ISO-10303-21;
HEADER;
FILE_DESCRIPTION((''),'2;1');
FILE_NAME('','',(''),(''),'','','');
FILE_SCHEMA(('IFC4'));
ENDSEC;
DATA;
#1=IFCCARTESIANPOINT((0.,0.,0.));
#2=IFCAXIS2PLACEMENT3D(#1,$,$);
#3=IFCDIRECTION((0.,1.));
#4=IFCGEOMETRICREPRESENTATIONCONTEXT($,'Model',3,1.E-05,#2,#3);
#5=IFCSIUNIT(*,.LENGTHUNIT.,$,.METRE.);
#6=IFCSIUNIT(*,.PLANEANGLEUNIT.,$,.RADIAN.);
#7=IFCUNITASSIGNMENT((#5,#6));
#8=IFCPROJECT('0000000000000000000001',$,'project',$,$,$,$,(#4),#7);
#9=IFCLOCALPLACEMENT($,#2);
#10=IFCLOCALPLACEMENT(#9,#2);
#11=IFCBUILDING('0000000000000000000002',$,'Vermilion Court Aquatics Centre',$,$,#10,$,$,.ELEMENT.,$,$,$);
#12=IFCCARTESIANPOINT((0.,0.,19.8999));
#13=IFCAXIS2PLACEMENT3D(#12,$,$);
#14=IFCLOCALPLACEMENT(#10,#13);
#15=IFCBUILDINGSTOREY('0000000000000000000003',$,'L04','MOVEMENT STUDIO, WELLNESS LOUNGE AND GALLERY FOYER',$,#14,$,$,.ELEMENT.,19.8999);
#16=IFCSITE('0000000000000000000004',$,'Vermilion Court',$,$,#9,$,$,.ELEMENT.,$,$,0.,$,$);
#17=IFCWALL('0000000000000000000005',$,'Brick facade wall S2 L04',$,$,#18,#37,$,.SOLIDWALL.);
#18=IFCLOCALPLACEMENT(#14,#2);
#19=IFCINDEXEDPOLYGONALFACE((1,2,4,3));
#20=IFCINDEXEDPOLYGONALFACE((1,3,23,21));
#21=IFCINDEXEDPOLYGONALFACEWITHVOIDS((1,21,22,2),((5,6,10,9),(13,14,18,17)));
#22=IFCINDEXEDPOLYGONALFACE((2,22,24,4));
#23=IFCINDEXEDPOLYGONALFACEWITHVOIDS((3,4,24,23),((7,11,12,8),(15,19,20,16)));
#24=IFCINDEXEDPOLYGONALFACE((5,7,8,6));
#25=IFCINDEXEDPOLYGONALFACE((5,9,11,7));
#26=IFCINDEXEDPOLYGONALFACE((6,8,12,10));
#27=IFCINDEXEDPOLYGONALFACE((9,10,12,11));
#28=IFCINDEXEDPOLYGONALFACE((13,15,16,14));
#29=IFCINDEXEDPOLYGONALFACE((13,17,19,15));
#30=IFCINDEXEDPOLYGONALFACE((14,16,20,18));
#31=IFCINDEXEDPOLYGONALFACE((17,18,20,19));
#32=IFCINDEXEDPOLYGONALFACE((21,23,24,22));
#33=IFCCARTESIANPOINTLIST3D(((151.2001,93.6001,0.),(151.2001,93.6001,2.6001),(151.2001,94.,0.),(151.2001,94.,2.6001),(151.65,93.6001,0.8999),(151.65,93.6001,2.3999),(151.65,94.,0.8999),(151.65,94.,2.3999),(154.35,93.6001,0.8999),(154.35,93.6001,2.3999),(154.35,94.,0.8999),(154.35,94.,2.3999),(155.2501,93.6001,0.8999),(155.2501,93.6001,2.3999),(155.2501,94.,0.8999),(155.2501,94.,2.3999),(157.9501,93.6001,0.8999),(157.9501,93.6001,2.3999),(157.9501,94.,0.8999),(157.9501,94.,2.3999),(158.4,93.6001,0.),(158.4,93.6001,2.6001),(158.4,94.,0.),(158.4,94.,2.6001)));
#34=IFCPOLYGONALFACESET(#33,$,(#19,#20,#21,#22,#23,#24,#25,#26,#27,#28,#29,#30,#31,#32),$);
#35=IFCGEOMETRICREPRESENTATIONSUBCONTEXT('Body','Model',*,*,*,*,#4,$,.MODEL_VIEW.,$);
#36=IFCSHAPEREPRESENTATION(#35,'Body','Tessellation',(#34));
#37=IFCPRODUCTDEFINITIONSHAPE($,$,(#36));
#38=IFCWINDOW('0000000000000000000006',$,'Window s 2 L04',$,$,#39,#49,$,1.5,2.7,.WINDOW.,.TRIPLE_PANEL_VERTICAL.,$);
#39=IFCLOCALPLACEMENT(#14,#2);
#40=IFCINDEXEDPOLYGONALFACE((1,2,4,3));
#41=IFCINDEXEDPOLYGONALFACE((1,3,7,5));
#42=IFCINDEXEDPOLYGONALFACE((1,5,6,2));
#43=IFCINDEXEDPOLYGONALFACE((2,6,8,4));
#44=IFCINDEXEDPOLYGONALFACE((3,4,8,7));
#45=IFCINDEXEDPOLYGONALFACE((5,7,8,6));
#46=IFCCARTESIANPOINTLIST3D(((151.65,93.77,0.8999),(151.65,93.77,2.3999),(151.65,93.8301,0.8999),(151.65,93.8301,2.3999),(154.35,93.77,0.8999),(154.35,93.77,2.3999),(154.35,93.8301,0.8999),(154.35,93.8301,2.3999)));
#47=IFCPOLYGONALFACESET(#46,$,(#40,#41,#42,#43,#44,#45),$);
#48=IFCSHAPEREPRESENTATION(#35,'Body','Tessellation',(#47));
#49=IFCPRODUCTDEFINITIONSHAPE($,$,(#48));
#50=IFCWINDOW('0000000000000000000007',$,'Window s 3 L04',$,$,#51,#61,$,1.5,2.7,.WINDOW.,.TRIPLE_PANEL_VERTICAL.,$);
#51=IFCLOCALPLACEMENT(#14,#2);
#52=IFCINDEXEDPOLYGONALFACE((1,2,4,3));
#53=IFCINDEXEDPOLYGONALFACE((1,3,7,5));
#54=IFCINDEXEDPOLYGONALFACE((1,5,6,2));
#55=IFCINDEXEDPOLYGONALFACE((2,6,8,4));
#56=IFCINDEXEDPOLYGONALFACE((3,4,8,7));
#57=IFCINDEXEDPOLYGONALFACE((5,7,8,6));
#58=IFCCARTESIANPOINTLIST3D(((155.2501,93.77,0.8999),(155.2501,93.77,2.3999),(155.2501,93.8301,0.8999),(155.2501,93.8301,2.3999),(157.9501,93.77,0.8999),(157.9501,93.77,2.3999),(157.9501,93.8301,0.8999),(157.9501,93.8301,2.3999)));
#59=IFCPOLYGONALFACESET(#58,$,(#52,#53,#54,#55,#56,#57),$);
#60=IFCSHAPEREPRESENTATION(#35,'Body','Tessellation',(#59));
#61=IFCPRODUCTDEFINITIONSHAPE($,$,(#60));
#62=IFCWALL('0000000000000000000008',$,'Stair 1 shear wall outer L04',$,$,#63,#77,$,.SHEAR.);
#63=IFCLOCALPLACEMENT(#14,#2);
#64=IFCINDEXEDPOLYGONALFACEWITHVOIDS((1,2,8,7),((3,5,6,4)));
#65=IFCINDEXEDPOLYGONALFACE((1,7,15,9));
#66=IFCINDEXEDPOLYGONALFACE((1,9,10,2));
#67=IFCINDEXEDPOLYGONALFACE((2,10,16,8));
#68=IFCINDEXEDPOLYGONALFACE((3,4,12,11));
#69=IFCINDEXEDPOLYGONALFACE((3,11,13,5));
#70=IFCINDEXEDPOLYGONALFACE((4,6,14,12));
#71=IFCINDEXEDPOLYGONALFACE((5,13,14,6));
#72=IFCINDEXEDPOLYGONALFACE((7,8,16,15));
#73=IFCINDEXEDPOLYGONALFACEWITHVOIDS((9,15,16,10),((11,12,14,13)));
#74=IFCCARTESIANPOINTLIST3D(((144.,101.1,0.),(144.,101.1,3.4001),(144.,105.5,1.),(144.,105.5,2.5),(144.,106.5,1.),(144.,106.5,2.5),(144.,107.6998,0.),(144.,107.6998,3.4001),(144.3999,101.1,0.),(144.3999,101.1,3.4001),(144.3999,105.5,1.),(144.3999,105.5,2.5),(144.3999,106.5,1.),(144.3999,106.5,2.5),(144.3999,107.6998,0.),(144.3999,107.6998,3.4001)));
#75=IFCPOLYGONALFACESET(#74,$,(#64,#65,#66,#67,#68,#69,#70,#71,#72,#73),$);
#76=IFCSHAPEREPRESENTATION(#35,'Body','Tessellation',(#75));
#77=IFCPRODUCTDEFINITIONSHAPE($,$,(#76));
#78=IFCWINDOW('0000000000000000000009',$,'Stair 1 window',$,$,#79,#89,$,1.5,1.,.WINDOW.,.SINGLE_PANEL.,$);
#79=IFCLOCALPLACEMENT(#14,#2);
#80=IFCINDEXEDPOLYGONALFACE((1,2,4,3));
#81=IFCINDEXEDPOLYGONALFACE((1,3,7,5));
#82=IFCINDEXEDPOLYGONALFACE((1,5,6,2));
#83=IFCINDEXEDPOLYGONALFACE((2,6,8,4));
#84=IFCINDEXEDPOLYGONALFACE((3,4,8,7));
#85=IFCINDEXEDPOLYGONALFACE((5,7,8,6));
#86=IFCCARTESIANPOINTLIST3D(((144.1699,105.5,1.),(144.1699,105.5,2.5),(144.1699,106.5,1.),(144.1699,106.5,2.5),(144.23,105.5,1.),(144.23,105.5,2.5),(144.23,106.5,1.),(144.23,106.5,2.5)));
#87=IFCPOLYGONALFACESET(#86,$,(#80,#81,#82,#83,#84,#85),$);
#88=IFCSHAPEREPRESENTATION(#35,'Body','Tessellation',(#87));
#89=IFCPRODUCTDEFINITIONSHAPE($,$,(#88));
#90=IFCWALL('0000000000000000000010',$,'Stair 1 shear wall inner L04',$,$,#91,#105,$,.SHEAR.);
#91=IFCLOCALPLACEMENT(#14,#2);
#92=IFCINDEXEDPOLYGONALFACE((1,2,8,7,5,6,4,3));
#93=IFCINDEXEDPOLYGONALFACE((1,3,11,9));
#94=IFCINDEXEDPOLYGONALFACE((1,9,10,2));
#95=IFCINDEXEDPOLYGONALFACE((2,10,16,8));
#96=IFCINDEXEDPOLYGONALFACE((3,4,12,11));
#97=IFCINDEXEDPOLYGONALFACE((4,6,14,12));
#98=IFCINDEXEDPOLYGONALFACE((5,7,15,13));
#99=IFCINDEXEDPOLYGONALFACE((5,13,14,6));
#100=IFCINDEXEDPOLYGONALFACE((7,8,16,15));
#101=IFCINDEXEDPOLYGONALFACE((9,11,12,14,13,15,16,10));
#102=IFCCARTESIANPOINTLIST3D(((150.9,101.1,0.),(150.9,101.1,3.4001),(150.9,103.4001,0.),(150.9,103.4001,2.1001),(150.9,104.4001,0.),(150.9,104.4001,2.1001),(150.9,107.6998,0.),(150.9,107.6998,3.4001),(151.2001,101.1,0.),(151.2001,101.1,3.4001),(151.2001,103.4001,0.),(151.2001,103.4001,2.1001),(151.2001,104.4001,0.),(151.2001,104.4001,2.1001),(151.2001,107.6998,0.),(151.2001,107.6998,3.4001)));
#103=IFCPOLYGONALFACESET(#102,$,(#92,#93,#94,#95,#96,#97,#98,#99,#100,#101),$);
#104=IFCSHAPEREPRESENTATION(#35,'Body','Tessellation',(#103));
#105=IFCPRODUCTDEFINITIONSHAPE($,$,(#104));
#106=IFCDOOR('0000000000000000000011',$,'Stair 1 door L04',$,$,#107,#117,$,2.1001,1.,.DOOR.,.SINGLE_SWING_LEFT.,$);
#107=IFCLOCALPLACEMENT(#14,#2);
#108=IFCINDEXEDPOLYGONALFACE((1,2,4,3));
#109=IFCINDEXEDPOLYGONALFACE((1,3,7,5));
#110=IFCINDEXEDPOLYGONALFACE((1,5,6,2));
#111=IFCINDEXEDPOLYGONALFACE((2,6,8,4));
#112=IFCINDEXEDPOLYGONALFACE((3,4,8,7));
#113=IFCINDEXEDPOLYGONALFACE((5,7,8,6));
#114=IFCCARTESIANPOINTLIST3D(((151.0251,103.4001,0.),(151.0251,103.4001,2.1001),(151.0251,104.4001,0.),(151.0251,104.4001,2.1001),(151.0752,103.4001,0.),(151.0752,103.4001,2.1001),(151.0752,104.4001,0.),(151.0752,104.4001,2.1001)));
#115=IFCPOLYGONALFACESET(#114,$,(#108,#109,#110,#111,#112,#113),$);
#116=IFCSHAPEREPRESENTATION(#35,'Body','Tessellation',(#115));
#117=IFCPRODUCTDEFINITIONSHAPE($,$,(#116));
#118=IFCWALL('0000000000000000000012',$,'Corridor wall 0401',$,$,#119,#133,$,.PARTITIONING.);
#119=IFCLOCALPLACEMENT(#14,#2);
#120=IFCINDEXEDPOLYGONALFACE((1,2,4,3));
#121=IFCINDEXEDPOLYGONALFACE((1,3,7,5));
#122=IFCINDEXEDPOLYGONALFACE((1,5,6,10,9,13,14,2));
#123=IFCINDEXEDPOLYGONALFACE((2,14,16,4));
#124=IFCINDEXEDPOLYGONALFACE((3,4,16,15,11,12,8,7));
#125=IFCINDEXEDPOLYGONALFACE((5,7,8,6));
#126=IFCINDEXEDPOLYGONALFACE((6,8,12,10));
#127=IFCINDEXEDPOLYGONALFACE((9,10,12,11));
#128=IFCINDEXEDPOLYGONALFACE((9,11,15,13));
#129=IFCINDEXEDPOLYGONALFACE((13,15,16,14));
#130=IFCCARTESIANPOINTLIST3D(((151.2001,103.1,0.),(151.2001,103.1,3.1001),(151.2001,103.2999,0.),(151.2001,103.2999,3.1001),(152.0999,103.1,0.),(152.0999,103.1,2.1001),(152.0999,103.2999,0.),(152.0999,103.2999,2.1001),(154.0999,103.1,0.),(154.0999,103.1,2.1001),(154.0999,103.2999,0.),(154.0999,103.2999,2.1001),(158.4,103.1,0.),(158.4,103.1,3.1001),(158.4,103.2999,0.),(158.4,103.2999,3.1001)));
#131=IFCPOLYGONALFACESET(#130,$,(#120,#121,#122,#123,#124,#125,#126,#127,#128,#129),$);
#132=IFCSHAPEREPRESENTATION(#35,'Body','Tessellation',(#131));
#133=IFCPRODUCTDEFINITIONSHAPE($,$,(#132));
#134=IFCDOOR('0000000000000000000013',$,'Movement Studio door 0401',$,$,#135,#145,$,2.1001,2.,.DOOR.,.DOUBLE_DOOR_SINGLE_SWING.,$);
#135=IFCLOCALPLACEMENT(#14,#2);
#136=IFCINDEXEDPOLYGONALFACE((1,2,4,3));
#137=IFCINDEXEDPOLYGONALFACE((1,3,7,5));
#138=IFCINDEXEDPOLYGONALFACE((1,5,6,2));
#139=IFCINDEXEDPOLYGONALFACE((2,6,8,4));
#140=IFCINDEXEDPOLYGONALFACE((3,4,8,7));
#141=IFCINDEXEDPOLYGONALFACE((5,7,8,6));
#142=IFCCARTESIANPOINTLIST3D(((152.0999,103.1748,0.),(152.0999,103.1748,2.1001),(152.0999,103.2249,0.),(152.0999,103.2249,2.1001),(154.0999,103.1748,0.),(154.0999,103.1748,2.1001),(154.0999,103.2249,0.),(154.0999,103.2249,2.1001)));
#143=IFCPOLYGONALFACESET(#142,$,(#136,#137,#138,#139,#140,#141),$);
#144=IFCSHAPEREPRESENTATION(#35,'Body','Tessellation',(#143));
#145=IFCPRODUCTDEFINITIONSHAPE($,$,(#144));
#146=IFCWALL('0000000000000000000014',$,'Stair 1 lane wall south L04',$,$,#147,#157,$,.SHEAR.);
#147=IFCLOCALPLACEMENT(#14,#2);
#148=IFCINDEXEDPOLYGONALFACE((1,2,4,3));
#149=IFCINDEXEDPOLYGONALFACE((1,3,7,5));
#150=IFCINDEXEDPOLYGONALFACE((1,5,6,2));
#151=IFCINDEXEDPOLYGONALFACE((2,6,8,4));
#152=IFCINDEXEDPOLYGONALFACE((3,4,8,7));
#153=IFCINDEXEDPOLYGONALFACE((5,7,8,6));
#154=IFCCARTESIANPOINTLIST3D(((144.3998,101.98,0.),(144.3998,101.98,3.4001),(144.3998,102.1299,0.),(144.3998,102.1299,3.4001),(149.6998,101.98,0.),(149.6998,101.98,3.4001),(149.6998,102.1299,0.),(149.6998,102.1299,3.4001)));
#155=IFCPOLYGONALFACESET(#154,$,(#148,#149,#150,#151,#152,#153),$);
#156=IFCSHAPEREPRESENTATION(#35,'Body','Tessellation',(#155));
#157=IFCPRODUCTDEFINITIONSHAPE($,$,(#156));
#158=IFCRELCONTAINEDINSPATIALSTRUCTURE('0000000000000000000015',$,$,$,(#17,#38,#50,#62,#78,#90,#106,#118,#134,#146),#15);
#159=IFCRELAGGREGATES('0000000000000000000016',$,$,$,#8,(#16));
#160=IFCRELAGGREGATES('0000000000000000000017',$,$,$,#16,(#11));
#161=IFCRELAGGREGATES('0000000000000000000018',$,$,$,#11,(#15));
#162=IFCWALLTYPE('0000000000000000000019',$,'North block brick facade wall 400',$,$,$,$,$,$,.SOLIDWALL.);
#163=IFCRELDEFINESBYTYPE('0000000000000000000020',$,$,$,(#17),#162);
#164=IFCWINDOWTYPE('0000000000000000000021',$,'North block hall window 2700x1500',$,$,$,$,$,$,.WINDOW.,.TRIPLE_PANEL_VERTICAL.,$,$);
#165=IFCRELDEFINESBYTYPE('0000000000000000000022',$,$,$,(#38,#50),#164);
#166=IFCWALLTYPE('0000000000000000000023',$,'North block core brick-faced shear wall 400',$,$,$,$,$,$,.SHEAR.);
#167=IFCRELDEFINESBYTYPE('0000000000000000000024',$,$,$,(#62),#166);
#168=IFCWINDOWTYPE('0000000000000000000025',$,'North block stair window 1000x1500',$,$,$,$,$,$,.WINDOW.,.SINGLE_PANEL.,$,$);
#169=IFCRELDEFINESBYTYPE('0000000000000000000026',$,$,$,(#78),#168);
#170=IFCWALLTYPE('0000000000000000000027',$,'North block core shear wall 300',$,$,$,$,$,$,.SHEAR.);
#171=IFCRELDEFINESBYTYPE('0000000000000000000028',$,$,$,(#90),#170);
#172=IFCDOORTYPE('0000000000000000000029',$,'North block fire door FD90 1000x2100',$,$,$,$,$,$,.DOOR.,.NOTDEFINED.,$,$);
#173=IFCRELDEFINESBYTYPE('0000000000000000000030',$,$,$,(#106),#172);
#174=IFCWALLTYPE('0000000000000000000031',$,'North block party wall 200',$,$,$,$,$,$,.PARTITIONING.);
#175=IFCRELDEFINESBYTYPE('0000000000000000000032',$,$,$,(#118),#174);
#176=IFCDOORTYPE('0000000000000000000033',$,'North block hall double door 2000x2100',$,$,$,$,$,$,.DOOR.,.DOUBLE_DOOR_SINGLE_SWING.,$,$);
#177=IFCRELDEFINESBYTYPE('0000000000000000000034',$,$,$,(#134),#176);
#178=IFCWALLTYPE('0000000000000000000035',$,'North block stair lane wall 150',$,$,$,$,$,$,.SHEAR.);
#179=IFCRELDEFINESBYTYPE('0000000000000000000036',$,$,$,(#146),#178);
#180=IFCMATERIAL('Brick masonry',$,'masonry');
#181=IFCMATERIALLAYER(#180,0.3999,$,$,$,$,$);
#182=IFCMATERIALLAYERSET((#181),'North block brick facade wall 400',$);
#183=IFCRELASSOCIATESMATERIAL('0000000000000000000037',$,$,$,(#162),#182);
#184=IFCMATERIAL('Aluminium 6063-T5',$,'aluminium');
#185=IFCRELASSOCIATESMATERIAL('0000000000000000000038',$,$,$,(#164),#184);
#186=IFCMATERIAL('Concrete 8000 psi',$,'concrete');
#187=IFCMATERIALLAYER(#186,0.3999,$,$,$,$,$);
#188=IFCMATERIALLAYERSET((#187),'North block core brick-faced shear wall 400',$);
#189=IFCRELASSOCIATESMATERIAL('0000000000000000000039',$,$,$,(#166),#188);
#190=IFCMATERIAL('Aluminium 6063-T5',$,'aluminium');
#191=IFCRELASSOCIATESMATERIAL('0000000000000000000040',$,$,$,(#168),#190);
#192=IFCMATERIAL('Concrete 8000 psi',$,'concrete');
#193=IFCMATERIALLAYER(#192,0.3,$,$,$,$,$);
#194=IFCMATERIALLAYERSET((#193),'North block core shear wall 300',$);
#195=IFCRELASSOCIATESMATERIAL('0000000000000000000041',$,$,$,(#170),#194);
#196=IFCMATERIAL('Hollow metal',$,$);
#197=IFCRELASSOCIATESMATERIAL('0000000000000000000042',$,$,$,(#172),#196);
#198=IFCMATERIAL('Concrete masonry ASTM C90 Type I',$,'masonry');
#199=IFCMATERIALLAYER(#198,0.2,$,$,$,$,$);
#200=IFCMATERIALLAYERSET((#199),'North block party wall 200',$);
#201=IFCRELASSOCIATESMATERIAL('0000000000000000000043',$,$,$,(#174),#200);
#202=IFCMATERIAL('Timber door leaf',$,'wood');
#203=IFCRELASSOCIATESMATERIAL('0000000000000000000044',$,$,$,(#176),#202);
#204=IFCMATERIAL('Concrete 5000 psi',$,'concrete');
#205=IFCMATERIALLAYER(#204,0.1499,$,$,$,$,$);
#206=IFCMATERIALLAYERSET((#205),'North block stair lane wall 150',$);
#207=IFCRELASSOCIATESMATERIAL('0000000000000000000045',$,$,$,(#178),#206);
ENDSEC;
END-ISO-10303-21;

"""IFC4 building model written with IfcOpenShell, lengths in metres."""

from ifc_helpers import new_model, si_unit, direction, frame, frame_2d, origin, place, context, subcontext, project, spatial, rectangle, extrude, material, layer, layer_set, type_object, element, fill, save


model = new_model("IFC4")

# Units and contexts
model_context = context("Model", 3, precision=1e-05, world=origin(), true_north=direction((0.0, 1.0)))
body_context = subcontext(model_context, "Body", "Model", "MODEL_VIEW")
ifc_project = project(units=[si_unit("LENGTHUNIT", "METRE"), si_unit("PLANEANGLEUNIT", "RADIAN")], contexts=[model_context])

# Site, building, storey
site_placement = place(None, origin())
site = spatial("IfcSite", under=ifc_project, at=site_placement, Name="Vermilion Court", CompositionType="ELEMENT", RefElevation=0.0)
building_placement = place(site_placement, origin())
building = spatial("IfcBuilding", under=site, at=building_placement, Name="Vermilion Court Aquatics Centre", CompositionType="ELEMENT")
storey_placement = place(building_placement, frame((0.0, 0.0, 19.8999)))
storey = spatial("IfcBuildingStorey", under=building, at=storey_placement, Name="L04", Description="MOVEMENT STUDIO, WELLNESS LOUNGE AND GALLERY FOYER", CompositionType="ELEMENT", Elevation=19.8999)

# Wall, openings, windows
ifc_material_1 = material(Name="Brick masonry", Category="masonry")
ifc_layer_1 = layer(ifc_material_1, 0.3999)
ifc_layer_set_1 = layer_set([ifc_layer_1], Name="North block brick facade wall 400")
wall_type_1 = type_object("IfcWallType", Name="North block brick facade wall 400", PredefinedType="SOLIDWALL", material=ifc_layer_set_1)
wall_1_placement = place(storey_placement, frame((151.2, 93.8, 0.0), z_axis=(0.0, 0.0, 1.0), x_axis=(1.0, 0.0, 0.0)))
wall_1 = element("IfcWall", 1, at=wall_1_placement, inside=storey, type_object=wall_type_1, Name="Brick facade wall S2 L04", PredefinedType="SOLIDWALL", context=body_context, shape_type="SweptSolid", body=[
    extrude(rectangle(XDim=7.2, YDim=0.3999, at=frame_2d((3.6001, 0.0))), origin(), (0.0, 0.0, 1.0), 2.6001),
])
opening_1_placement = place(wall_1_placement, frame((0.45, 0.0, 0.8999)))
opening_1 = element("IfcOpeningElement", 2, at=opening_1_placement, cuts=wall_1, PredefinedType="OPENING", context=body_context, shape_type="SweptSolid", body=[
    extrude(rectangle(XDim=2.7, YDim=1.5, at=frame_2d((1.3501, 0.75))), frame((0.0, 0.21, 0.0), z_axis=(0.0, -1.0, 0.0), x_axis=(1.0, 0.0, 0.0)), (0.0, 0.0, 1.0), 0.4199),
])
opening_2_placement = place(wall_1_placement, frame((4.05, 0.0, 0.8999)))
opening_2 = element("IfcOpeningElement", 3, at=opening_2_placement, cuts=wall_1, PredefinedType="OPENING", context=body_context, shape_type="SweptSolid", body=[
    extrude(rectangle(XDim=2.7, YDim=1.5, at=frame_2d((1.3501, 0.75))), frame((0.0, 0.21, 0.0), z_axis=(0.0, -1.0, 0.0), x_axis=(1.0, 0.0, 0.0)), (0.0, 0.0, 1.0), 0.4199),
])
ifc_material_2 = material(Name="Aluminium 6063-T5", Category="aluminium")
window_type_1 = type_object("IfcWindowType", Name="North block hall window 2700x1500", PartitioningType="TRIPLE_PANEL_VERTICAL", PredefinedType="WINDOW", material=ifc_material_2)
window_1_placement = place(opening_1_placement, origin())
window_1 = element("IfcWindow", 4, at=window_1_placement, inside=storey, type_object=window_type_1, Name="Window s 2 L04", OverallHeight=1.5, OverallWidth=2.7, PartitioningType="TRIPLE_PANEL_VERTICAL", PredefinedType="WINDOW", context=body_context, shape_type="SweptSolid", body=[
    extrude(rectangle(XDim=2.7, YDim=1.5, at=frame_2d((1.3501, 0.75))), frame((0.0, 0.03, 0.0), z_axis=(0.0, -1.0, 0.0), x_axis=(1.0, 0.0, 0.0)), (0.0, 0.0, 1.0), 0.0601),
])
fill(opening_1, window_1)
window_2_placement = place(opening_2_placement, origin())
window_2 = element("IfcWindow", 5, at=window_2_placement, inside=storey, type_object=window_type_1, Name="Window s 3 L04", OverallHeight=1.5, OverallWidth=2.7, PartitioningType="TRIPLE_PANEL_VERTICAL", PredefinedType="WINDOW", context=body_context, shape_type="SweptSolid", body=[
    extrude(rectangle(XDim=2.7, YDim=1.5, at=frame_2d((1.3501, 0.75))), frame((0.0, 0.03, 0.0), z_axis=(0.0, -1.0, 0.0), x_axis=(1.0, 0.0, 0.0)), (0.0, 0.0, 1.0), 0.0601),
])
fill(opening_2, window_2)

# Wall, opening, window
ifc_material_3 = material(Name="Concrete 8000 psi", Category="concrete")
ifc_layer_2 = layer(ifc_material_3, 0.3999)
ifc_layer_set_2 = layer_set([ifc_layer_2], Name="North block core brick-faced shear wall 400")
wall_type_2 = type_object("IfcWallType", Name="North block core brick-faced shear wall 400", PredefinedType="SHEAR", material=ifc_layer_set_2)
wall_2_placement = place(storey_placement, frame((144.2, 101.1001, 0.0), z_axis=(0.0, 0.0, 1.0), x_axis=(0.0, 1.0, 0.0)))
wall_2 = element("IfcWall", 6, at=wall_2_placement, inside=storey, type_object=wall_type_2, Name="Stair 1 shear wall outer L04", PredefinedType="SHEAR", context=body_context, shape_type="SweptSolid", body=[
    extrude(rectangle(XDim=6.5999, YDim=0.3999, at=frame_2d((3.2998, 0.0))), origin(), (0.0, 0.0, 1.0), 3.4001),
])
opening_3_placement = place(wall_2_placement, frame((4.3999, 0.0, 1.0)))
opening_3 = element("IfcOpeningElement", 7, at=opening_3_placement, cuts=wall_2, PredefinedType="OPENING", context=body_context, shape_type="SweptSolid", body=[
    extrude(rectangle(XDim=1.0, YDim=1.5, at=frame_2d((0.5, 0.75))), frame((0.0, 0.21, 0.0), z_axis=(0.0, -1.0, 0.0), x_axis=(1.0, 0.0, 0.0)), (0.0, 0.0, 1.0), 0.4199),
])
ifc_material_4 = material(Name="Aluminium 6063-T5", Category="aluminium")
window_type_2 = type_object("IfcWindowType", Name="North block stair window 1000x1500", PartitioningType="SINGLE_PANEL", PredefinedType="WINDOW", material=ifc_material_4)
window_3_placement = place(opening_3_placement, origin())
window_3 = element("IfcWindow", 8, at=window_3_placement, inside=storey, type_object=window_type_2, Name="Stair 1 window", OverallHeight=1.5, OverallWidth=1.0, PartitioningType="SINGLE_PANEL", PredefinedType="WINDOW", context=body_context, shape_type="SweptSolid", body=[
    extrude(rectangle(XDim=1.0, YDim=1.5, at=frame_2d((0.5, 0.75))), frame((0.0, 0.03, 0.0), z_axis=(0.0, -1.0, 0.0), x_axis=(1.0, 0.0, 0.0)), (0.0, 0.0, 1.0), 0.0601),
])
fill(opening_3, window_3)

# Walls, openings, doors
ifc_material_5 = material(Name="Concrete 8000 psi", Category="concrete")
ifc_layer_3 = layer(ifc_material_5, 0.3)
ifc_layer_set_3 = layer_set([ifc_layer_3], Name="North block core shear wall 300")
wall_type_3 = type_object("IfcWallType", Name="North block core shear wall 300", PredefinedType="SHEAR", material=ifc_layer_set_3)
wall_3_placement = place(storey_placement, frame((151.05, 101.1001, 0.0), z_axis=(0.0, 0.0, 1.0), x_axis=(0.0, 1.0, 0.0)))
wall_3 = element("IfcWall", 9, at=wall_3_placement, inside=storey, type_object=wall_type_3, Name="Stair 1 shear wall inner L04", PredefinedType="SHEAR", context=body_context, shape_type="SweptSolid", body=[
    extrude(rectangle(XDim=6.5999, YDim=0.3, at=frame_2d((3.2998, 0.0))), origin(), (0.0, 0.0, 1.0), 3.4001),
])
opening_4_placement = place(wall_3_placement, frame((2.3, 0.0, 0.0)))
opening_4 = element("IfcOpeningElement", 10, at=opening_4_placement, cuts=wall_3, PredefinedType="OPENING", context=body_context, shape_type="SweptSolid", body=[
    extrude(rectangle(XDim=1.0, YDim=2.1001, at=frame_2d((0.5, 1.05))), frame((0.0, 0.1599, 0.0), z_axis=(0.0, -1.0, 0.0), x_axis=(1.0, 0.0, 0.0)), (0.0, 0.0, 1.0), 0.3201),
])
ifc_material_6 = material(Name="Hollow metal")
door_type_1 = type_object("IfcDoorType", Name="North block fire door FD90 1000x2100", OperationType="NOTDEFINED", PredefinedType="DOOR", material=ifc_material_6)
door_1_placement = place(opening_4_placement, origin())
door_1 = element("IfcDoor", 11, at=door_1_placement, inside=storey, type_object=door_type_1, Name="Stair 1 door L04", OperationType="SINGLE_SWING_LEFT", OverallHeight=2.1001, OverallWidth=1.0, PredefinedType="DOOR", context=body_context, shape_type="SweptSolid", body=[
    extrude(rectangle(XDim=1.0, YDim=2.1001, at=frame_2d((0.5, 1.05))), frame((0.0, 0.0249, 0.0), z_axis=(0.0, -1.0, 0.0), x_axis=(1.0, 0.0, 0.0)), (0.0, 0.0, 1.0), 0.05),
])
fill(opening_4, door_1)
ifc_material_7 = material(Name="Concrete masonry ASTM C90 Type I", Category="masonry")
ifc_layer_4 = layer(ifc_material_7, 0.2)
ifc_layer_set_4 = layer_set([ifc_layer_4], Name="North block party wall 200")
wall_type_4 = type_object("IfcWallType", Name="North block party wall 200", PredefinedType="PARTITIONING", material=ifc_layer_set_4)
wall_4_placement = place(storey_placement, frame((151.2, 103.2, 0.0), z_axis=(0.0, 0.0, 1.0), x_axis=(1.0, 0.0, 0.0)))
wall_4 = element("IfcWall", 12, at=wall_4_placement, inside=storey, type_object=wall_type_4, Name="Corridor wall 0401", PredefinedType="PARTITIONING", context=body_context, shape_type="SweptSolid", body=[
    extrude(rectangle(XDim=7.2, YDim=0.2, at=frame_2d((3.6001, 0.0))), origin(), (0.0, 0.0, 1.0), 3.1001),
])
opening_5_placement = place(wall_4_placement, frame((0.8999, 0.0, 0.0)))
opening_5 = element("IfcOpeningElement", 13, at=opening_5_placement, cuts=wall_4, PredefinedType="OPENING", context=body_context, shape_type="SweptSolid", body=[
    extrude(rectangle(XDim=2.0, YDim=2.1001, at=frame_2d((1.0, 1.05))), frame((0.0, 0.1099, 0.0), z_axis=(0.0, -1.0, 0.0), x_axis=(1.0, 0.0, 0.0)), (0.0, 0.0, 1.0), 0.22),
])
ifc_material_8 = material(Name="Timber door leaf", Category="wood")
door_type_2 = type_object("IfcDoorType", Name="North block hall double door 2000x2100", OperationType="DOUBLE_DOOR_SINGLE_SWING", PredefinedType="DOOR", material=ifc_material_8)
door_2_placement = place(opening_5_placement, origin())
door_2 = element("IfcDoor", 14, at=door_2_placement, inside=storey, type_object=door_type_2, Name="Movement Studio door 0401", OperationType="DOUBLE_DOOR_SINGLE_SWING", OverallHeight=2.1001, OverallWidth=2.0, PredefinedType="DOOR", context=body_context, shape_type="SweptSolid", body=[
    extrude(rectangle(XDim=2.0, YDim=2.1001, at=frame_2d((1.0, 1.05))), frame((0.0, 0.0249, 0.0), z_axis=(0.0, -1.0, 0.0), x_axis=(1.0, 0.0, 0.0)), (0.0, 0.0, 1.0), 0.05),
])
fill(opening_5, door_2)

# Wall
ifc_material_9 = material(Name="Concrete 5000 psi", Category="concrete")
ifc_layer_5 = layer(ifc_material_9, 0.1499)
ifc_layer_set_5 = layer_set([ifc_layer_5], Name="North block stair lane wall 150")
wall_type_5 = type_object("IfcWallType", Name="North block stair lane wall 150", PredefinedType="SHEAR", material=ifc_layer_set_5)
wall_5_placement = place(storey_placement, frame((144.3999, 102.0549, 0.0), z_axis=(0.0, 0.0, 1.0), x_axis=(1.0, 0.0, 0.0)))
element("IfcWall", 15, at=wall_5_placement, inside=storey, type_object=wall_type_5, Name="Stair 1 lane wall south L04", PredefinedType="SHEAR", context=body_context, shape_type="SweptSolid", body=[
    extrude(rectangle(XDim=5.3, YDim=0.1499, at=frame_2d((2.6499, 0.0))), origin(), (0.0, 0.0, 1.0), 3.4001),
])

save(model, "model.ifc")
